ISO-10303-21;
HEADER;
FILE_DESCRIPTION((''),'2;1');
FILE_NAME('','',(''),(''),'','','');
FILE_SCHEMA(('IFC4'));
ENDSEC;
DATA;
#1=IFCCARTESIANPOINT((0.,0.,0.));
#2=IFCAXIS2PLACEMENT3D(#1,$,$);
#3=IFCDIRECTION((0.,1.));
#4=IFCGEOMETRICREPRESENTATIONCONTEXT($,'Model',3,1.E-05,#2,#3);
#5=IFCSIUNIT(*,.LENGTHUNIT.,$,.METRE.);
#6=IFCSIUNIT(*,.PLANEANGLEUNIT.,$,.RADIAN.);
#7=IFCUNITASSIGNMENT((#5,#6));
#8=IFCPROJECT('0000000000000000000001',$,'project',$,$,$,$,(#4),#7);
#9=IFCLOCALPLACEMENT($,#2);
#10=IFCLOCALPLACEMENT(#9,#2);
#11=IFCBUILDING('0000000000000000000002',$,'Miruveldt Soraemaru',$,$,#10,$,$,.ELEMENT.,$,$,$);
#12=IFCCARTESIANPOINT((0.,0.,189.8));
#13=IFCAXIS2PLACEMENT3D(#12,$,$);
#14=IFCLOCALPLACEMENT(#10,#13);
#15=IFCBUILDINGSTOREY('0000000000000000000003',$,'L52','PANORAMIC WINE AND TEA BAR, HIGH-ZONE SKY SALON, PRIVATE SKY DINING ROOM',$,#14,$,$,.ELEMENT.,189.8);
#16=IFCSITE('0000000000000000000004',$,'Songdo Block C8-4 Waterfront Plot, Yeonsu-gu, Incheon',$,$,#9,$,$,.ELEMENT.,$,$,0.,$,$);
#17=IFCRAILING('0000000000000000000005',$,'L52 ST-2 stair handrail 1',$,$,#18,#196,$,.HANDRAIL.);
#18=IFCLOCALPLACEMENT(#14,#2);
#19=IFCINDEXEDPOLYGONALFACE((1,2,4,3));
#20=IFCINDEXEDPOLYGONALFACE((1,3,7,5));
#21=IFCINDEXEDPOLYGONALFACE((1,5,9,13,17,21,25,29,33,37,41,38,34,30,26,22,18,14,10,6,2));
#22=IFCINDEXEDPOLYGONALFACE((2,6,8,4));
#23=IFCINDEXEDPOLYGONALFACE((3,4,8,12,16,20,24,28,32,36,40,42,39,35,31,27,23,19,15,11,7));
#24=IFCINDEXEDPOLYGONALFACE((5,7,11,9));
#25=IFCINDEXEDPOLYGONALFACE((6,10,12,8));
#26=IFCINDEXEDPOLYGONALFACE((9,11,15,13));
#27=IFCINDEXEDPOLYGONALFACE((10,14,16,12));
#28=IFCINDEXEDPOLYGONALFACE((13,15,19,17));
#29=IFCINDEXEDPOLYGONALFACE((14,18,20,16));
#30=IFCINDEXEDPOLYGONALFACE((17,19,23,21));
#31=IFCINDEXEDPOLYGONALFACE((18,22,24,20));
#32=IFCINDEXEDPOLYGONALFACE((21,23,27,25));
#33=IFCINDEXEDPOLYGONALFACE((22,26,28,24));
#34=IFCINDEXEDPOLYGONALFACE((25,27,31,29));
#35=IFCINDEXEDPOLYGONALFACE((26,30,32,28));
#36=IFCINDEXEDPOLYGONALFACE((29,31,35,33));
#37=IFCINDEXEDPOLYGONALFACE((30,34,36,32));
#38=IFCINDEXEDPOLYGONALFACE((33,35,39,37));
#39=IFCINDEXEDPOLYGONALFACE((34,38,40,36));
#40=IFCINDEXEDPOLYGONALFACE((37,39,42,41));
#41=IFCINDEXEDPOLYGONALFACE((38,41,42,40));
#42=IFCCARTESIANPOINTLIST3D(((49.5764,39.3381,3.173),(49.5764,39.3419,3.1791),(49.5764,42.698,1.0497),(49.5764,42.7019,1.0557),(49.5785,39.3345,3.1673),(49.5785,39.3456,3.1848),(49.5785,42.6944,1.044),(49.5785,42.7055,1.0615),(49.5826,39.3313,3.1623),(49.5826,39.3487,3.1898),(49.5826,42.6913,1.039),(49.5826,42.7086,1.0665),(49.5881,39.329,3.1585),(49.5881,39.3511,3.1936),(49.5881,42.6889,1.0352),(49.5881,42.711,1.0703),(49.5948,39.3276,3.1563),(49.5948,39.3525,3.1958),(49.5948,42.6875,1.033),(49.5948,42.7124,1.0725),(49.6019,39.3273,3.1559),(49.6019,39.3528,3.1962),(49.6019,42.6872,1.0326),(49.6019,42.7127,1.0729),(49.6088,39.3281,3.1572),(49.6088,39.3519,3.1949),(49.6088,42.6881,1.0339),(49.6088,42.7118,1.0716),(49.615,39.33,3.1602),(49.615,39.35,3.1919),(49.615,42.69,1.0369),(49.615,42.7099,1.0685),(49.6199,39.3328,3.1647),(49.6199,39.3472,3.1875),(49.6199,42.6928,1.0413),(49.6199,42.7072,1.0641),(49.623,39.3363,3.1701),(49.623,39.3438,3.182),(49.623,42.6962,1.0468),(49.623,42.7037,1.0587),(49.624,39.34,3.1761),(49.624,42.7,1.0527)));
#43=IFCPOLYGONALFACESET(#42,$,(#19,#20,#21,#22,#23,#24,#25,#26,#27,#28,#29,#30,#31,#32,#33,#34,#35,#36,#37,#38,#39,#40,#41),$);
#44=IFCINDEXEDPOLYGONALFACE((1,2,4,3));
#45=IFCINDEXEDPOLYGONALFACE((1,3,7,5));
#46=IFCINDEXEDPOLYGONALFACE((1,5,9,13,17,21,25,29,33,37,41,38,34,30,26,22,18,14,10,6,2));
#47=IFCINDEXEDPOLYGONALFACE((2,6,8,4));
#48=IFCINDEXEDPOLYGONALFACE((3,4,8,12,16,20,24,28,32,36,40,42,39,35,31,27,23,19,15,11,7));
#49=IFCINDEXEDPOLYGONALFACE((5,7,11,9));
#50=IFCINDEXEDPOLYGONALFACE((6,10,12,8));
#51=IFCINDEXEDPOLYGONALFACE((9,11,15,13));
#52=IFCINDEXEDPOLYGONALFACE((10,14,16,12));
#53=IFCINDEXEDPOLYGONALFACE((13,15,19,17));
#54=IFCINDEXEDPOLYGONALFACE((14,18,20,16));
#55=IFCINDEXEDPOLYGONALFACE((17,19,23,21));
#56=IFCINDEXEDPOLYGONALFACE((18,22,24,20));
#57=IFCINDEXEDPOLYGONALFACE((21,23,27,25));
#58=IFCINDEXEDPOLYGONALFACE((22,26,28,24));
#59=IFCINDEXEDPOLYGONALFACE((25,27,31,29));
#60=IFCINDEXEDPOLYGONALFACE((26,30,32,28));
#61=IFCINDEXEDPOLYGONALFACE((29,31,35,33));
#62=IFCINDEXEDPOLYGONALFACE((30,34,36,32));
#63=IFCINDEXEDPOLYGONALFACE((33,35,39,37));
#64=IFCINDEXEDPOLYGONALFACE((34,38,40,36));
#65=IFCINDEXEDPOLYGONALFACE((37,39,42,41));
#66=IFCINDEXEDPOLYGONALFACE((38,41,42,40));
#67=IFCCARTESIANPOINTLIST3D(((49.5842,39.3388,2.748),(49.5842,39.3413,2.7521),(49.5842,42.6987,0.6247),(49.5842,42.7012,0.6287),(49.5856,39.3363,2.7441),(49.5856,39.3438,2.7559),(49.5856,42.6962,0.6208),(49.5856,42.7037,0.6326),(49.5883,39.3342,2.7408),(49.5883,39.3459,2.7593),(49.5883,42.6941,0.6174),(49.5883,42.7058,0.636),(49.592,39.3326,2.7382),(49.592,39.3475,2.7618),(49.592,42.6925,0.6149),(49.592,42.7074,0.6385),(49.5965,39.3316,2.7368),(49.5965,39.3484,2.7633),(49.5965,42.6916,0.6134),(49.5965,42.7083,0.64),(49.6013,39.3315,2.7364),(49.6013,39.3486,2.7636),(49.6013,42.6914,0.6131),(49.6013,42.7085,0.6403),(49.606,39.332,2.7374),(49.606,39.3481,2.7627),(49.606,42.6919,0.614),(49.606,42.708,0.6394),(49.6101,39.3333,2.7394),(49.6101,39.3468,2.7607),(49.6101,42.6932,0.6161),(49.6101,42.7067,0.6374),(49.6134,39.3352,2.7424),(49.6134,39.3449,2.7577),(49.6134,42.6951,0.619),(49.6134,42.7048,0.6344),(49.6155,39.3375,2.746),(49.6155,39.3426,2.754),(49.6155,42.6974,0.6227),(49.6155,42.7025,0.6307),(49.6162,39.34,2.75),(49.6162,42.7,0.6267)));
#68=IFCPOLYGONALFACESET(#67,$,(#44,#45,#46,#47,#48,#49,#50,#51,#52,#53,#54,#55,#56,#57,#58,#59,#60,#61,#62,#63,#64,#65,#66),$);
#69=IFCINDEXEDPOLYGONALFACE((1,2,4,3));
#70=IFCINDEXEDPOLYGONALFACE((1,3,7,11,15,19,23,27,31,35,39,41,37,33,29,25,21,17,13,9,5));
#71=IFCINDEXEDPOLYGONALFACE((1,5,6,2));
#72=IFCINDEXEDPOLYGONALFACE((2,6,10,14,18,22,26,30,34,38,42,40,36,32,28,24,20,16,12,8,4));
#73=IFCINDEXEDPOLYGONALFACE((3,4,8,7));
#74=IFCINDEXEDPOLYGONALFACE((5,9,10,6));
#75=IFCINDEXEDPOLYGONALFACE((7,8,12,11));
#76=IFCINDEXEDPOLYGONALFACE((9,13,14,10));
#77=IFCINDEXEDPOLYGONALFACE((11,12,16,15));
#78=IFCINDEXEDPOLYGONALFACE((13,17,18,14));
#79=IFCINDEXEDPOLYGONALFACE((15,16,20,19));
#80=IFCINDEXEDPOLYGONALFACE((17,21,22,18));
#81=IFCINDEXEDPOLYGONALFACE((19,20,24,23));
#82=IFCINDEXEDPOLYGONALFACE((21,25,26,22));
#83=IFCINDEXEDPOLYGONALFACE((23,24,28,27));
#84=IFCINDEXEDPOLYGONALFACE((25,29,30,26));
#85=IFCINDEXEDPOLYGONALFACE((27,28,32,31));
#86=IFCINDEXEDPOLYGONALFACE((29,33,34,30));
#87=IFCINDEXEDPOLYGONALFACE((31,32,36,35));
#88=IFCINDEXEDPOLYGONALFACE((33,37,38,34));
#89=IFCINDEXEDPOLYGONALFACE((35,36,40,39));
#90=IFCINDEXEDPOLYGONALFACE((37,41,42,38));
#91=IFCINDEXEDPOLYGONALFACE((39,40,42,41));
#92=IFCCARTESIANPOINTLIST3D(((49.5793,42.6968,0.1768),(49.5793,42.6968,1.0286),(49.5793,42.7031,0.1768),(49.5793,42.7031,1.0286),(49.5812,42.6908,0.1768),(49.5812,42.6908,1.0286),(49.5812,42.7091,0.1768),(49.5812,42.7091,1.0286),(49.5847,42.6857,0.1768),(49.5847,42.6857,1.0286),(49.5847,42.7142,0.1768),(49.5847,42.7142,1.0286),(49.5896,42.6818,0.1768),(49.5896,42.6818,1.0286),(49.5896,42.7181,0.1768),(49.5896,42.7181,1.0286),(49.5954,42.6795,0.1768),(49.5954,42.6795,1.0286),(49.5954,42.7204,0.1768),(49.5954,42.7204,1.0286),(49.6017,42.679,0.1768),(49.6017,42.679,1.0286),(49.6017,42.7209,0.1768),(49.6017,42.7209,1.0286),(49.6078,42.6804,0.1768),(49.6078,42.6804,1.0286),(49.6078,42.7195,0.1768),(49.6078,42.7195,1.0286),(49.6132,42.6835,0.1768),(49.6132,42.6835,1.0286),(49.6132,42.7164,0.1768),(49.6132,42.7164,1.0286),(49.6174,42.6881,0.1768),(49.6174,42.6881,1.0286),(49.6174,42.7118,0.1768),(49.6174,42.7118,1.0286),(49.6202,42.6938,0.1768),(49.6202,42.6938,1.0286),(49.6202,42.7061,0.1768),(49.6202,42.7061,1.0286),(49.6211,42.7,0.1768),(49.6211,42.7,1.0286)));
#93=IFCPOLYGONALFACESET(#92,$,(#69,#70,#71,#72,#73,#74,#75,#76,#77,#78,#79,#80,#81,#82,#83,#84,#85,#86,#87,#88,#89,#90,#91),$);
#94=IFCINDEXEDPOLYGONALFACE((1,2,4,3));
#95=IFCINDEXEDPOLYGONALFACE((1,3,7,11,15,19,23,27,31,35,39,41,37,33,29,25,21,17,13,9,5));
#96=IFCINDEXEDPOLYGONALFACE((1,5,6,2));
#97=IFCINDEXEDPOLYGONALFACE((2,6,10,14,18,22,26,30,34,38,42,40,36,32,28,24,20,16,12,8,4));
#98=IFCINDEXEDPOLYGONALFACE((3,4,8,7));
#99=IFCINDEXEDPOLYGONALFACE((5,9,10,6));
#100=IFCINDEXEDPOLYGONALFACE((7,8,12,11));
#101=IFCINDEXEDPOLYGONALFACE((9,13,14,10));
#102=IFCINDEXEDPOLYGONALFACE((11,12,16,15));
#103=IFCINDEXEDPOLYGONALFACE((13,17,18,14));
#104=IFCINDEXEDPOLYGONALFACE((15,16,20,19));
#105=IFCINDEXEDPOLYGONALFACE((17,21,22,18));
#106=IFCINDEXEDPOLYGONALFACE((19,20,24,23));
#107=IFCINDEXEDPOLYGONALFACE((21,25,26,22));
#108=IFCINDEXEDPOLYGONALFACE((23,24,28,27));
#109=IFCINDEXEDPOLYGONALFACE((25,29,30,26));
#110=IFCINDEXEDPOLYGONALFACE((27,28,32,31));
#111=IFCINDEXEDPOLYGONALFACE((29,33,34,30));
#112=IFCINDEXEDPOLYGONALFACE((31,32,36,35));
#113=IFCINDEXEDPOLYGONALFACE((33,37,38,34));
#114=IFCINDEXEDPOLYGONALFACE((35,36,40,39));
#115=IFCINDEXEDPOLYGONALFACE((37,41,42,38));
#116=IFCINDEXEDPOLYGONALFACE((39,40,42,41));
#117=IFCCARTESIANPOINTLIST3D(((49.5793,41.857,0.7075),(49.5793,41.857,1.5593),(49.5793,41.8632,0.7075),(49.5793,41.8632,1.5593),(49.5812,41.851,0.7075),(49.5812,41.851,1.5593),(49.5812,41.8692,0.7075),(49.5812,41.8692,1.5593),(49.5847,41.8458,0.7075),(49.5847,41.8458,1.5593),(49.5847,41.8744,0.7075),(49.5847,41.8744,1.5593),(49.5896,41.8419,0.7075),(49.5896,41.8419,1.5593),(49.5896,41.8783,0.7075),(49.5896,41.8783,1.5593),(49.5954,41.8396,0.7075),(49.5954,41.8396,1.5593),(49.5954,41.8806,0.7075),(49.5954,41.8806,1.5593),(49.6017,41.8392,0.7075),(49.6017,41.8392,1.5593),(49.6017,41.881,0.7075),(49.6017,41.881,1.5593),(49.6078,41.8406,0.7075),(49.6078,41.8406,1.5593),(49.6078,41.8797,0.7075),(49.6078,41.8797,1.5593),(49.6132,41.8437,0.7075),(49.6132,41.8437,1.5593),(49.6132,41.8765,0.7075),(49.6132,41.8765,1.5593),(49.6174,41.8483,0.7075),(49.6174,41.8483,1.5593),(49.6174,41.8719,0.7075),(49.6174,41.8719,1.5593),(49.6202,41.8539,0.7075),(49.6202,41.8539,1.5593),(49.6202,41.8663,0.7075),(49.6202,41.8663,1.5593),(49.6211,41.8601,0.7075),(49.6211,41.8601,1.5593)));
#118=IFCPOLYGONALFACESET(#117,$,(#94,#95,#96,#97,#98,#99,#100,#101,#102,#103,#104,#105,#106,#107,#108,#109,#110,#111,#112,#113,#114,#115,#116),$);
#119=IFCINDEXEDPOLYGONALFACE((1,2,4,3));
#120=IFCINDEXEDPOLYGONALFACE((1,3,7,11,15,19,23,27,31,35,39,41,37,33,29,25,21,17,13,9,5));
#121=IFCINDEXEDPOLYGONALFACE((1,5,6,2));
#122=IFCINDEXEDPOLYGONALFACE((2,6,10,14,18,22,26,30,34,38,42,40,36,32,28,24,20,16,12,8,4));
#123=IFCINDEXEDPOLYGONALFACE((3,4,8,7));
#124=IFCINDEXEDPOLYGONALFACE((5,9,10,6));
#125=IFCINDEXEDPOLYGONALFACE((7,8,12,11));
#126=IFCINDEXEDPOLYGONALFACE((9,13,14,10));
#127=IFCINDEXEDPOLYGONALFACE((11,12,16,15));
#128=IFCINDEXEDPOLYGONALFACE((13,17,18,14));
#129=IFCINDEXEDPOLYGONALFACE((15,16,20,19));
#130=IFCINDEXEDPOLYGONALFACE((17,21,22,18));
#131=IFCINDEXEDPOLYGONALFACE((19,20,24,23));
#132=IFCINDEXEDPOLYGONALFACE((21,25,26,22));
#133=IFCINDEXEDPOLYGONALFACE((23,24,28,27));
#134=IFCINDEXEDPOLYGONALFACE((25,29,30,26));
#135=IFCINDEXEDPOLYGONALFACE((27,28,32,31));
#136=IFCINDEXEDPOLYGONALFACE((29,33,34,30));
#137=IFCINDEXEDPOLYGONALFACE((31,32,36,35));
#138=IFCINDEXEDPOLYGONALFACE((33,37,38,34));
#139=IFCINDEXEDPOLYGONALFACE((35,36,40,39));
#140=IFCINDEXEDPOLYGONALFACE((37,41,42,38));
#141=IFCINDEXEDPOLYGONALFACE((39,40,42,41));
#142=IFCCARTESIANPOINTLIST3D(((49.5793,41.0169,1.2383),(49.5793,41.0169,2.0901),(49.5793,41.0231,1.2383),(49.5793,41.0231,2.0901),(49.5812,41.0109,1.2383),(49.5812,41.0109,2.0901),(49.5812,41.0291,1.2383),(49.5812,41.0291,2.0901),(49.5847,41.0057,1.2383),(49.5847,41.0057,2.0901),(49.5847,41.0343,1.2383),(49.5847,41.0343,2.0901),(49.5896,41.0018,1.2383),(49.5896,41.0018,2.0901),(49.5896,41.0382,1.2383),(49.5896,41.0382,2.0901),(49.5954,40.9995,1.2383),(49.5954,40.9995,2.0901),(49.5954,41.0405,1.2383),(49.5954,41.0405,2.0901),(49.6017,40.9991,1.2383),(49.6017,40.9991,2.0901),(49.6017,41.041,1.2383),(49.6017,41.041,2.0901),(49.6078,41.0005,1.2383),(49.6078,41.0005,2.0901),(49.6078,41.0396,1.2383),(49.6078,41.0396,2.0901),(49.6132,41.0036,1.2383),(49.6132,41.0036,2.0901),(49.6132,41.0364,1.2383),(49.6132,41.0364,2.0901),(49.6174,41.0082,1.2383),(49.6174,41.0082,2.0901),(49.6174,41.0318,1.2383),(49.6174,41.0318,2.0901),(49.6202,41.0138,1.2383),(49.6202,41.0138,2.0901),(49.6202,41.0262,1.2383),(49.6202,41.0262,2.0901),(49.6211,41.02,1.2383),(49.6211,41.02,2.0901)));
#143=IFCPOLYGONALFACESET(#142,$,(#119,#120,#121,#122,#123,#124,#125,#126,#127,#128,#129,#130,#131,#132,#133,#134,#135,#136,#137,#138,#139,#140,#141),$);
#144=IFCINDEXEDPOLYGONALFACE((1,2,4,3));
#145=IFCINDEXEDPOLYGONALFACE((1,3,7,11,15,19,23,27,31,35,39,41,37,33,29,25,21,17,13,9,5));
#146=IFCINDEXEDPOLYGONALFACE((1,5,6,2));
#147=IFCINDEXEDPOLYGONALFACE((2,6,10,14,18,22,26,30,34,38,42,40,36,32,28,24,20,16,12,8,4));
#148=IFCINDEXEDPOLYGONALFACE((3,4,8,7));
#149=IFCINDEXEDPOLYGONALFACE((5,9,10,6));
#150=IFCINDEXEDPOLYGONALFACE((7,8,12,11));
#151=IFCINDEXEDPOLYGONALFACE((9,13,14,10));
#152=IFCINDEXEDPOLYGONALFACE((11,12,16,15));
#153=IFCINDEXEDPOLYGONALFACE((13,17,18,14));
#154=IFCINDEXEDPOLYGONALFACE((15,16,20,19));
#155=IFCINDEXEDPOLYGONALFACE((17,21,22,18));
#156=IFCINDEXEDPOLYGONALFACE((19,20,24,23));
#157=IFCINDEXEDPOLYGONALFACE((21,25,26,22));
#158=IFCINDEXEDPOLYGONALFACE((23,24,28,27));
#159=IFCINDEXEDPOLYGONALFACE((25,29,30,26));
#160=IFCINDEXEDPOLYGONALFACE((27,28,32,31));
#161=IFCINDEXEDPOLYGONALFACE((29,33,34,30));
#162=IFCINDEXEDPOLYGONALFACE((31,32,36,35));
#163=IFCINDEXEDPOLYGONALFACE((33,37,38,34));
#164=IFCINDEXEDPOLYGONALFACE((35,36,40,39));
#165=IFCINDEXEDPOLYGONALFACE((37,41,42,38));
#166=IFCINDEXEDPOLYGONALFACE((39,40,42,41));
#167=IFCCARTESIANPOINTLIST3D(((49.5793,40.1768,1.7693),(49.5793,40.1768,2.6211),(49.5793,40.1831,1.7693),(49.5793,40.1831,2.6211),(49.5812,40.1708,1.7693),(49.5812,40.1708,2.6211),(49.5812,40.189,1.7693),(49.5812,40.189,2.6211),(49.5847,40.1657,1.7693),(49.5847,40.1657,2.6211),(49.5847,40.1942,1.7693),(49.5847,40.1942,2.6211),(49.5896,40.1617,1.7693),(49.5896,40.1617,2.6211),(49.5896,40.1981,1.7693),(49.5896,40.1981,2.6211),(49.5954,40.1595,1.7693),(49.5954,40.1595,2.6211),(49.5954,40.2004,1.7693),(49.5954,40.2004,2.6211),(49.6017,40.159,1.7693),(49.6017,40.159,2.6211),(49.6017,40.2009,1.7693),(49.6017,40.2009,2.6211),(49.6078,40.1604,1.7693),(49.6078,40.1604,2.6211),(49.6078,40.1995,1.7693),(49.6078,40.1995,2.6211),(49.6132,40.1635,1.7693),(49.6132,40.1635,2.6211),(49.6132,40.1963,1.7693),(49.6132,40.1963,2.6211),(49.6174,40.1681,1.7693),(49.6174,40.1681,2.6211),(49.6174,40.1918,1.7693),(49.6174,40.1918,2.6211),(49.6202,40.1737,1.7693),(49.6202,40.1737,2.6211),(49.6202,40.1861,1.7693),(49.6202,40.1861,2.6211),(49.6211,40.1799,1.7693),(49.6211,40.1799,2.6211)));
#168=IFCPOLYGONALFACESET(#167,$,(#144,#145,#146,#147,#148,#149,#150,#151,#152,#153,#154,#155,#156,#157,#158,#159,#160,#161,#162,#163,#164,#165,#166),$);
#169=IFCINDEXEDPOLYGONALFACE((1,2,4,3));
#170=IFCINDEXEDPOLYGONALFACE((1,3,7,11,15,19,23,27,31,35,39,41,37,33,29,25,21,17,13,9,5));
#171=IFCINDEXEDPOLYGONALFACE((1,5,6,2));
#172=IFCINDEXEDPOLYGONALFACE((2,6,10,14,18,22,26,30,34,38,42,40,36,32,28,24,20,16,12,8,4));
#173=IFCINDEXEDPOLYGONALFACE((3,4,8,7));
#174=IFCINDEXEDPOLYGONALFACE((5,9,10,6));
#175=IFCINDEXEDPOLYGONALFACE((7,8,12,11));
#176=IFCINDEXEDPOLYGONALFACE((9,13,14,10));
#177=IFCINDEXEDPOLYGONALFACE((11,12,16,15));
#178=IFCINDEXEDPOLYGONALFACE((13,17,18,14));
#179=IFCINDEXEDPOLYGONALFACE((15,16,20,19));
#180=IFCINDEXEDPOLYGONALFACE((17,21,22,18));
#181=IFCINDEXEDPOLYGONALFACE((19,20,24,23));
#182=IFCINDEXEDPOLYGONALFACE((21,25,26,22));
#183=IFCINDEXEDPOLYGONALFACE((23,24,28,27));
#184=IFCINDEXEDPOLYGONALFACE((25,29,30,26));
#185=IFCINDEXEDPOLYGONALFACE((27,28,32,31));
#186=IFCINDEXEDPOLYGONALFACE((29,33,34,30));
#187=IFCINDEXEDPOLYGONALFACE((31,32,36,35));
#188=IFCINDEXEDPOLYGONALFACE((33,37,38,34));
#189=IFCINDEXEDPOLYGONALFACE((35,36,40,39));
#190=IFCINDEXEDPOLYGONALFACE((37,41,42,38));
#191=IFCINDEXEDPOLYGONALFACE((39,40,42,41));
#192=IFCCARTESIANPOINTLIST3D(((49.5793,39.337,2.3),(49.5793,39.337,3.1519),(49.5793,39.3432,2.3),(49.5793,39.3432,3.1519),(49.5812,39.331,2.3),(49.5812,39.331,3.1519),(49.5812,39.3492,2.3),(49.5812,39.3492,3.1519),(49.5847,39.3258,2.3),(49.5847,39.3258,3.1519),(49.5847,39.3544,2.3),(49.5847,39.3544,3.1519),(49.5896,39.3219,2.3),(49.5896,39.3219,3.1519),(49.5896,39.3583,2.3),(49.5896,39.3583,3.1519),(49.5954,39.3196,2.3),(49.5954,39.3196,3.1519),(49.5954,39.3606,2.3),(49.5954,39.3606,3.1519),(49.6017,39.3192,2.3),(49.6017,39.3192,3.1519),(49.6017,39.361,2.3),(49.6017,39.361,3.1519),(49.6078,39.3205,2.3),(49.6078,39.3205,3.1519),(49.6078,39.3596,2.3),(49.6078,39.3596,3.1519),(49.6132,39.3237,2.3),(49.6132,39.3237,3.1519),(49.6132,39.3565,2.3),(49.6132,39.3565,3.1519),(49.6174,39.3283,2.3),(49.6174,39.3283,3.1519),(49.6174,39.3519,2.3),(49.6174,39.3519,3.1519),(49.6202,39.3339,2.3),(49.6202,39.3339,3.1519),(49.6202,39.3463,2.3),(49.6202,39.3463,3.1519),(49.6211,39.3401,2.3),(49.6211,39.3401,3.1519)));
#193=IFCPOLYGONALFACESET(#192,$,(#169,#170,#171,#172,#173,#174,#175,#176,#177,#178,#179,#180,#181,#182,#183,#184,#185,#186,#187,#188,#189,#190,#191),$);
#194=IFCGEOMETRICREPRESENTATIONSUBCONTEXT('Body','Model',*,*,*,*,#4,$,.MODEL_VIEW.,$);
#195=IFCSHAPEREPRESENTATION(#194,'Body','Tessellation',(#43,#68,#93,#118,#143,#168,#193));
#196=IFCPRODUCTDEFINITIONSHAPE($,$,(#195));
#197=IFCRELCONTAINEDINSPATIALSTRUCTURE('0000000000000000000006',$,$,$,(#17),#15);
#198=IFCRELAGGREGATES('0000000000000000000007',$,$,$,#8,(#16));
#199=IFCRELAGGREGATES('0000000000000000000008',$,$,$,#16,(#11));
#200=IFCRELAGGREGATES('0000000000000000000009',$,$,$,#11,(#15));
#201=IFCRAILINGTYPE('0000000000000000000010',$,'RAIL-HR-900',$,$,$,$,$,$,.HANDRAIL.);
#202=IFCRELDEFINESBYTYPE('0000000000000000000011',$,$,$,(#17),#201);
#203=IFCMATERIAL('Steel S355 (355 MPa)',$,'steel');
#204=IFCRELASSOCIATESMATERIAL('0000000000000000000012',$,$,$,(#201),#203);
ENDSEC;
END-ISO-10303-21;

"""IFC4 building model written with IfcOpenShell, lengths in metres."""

from ifc_helpers import new_model, si_unit, direction, frame, origin, origin_2d, place, context, subcontext, project, spatial, circle, extrude, material, type_object, element, save


model = new_model("IFC4")

# Units and contexts
model_context = context("Model", 3, precision=1e-05, world=origin(), true_north=direction((0.0, 1.0)))
body_context = subcontext(model_context, "Body", "Model", "MODEL_VIEW")
ifc_project = project(units=[si_unit("LENGTHUNIT", "METRE"), si_unit("PLANEANGLEUNIT", "RADIAN")], contexts=[model_context])

# Site, building, storey
site_placement = place(None, origin())
site = spatial("IfcSite", under=ifc_project, at=site_placement, Name="Songdo Block C8-4 Waterfront Plot, Yeonsu-gu, Incheon", CompositionType="ELEMENT", RefElevation=0.0)
building_placement = place(site_placement, origin())
building = spatial("IfcBuilding", under=site, at=building_placement, Name="Miruveldt Soraemaru", CompositionType="ELEMENT")
storey_placement = place(building_placement, frame((0.0, 0.0, 189.8)))
storey = spatial("IfcBuildingStorey", under=building, at=storey_placement, Name="L52", Description="PANORAMIC WINE AND TEA BAR, HIGH-ZONE SKY SALON, PRIVATE SKY DINING ROOM", CompositionType="ELEMENT", Elevation=189.8)

# Railing
ifc_material_1 = material(Name="Steel S355 (355 MPa)", Category="steel")
railing_type_1 = type_object("IfcRailingType", Name="RAIL-HR-900", PredefinedType="HANDRAIL", material=ifc_material_1)
railing_1_placement = place(storey_placement, frame((49.6001, 42.7, 0.1768)))
element("IfcRailing", 1, at=railing_1_placement, inside=storey, type_object=railing_type_1, Name="L52 ST-2 stair handrail 1", PredefinedType="HANDRAIL", context=body_context, shape_type="SweptSolid", body=[
    extrude(circle(Radius=0.0239, at=origin_2d()), frame((0.0, 0.0, 0.876), z_axis=(0.0, -0.845344, 0.534222), x_axis=(1.0, 0.0, 0.0)), (0.0, 0.0, 1.0), 3.9746),
    extrude(circle(Radius=0.0161, at=origin_2d()), frame((0.0, 0.0, 0.45), z_axis=(0.0, -0.845344, 0.534222), x_axis=(1.0, 0.0, 0.0)), (0.0, 0.0, 1.0), 3.9746),
    extrude(circle(Radius=0.021, at=origin_2d()), origin(), (0.0, 0.0, 1.0), 0.8518),
    extrude(circle(Radius=0.021, at=origin_2d()), frame((0.0, -0.8398, 0.5308)), (0.0, 0.0, 1.0), 0.8518),
    extrude(circle(Radius=0.021, at=origin_2d()), frame((0.0, -1.6799, 1.0615)), (0.0, 0.0, 1.0), 0.8518),
    extrude(circle(Radius=0.021, at=origin_2d()), frame((0.0, -2.52, 1.5925)), (0.0, 0.0, 1.0), 0.8518),
    extrude(circle(Radius=0.021, at=origin_2d()), frame((0.0, -3.3599, 2.1233)), (0.0, 0.0, 1.0), 0.8518),
])

save(model, "model.ifc")
